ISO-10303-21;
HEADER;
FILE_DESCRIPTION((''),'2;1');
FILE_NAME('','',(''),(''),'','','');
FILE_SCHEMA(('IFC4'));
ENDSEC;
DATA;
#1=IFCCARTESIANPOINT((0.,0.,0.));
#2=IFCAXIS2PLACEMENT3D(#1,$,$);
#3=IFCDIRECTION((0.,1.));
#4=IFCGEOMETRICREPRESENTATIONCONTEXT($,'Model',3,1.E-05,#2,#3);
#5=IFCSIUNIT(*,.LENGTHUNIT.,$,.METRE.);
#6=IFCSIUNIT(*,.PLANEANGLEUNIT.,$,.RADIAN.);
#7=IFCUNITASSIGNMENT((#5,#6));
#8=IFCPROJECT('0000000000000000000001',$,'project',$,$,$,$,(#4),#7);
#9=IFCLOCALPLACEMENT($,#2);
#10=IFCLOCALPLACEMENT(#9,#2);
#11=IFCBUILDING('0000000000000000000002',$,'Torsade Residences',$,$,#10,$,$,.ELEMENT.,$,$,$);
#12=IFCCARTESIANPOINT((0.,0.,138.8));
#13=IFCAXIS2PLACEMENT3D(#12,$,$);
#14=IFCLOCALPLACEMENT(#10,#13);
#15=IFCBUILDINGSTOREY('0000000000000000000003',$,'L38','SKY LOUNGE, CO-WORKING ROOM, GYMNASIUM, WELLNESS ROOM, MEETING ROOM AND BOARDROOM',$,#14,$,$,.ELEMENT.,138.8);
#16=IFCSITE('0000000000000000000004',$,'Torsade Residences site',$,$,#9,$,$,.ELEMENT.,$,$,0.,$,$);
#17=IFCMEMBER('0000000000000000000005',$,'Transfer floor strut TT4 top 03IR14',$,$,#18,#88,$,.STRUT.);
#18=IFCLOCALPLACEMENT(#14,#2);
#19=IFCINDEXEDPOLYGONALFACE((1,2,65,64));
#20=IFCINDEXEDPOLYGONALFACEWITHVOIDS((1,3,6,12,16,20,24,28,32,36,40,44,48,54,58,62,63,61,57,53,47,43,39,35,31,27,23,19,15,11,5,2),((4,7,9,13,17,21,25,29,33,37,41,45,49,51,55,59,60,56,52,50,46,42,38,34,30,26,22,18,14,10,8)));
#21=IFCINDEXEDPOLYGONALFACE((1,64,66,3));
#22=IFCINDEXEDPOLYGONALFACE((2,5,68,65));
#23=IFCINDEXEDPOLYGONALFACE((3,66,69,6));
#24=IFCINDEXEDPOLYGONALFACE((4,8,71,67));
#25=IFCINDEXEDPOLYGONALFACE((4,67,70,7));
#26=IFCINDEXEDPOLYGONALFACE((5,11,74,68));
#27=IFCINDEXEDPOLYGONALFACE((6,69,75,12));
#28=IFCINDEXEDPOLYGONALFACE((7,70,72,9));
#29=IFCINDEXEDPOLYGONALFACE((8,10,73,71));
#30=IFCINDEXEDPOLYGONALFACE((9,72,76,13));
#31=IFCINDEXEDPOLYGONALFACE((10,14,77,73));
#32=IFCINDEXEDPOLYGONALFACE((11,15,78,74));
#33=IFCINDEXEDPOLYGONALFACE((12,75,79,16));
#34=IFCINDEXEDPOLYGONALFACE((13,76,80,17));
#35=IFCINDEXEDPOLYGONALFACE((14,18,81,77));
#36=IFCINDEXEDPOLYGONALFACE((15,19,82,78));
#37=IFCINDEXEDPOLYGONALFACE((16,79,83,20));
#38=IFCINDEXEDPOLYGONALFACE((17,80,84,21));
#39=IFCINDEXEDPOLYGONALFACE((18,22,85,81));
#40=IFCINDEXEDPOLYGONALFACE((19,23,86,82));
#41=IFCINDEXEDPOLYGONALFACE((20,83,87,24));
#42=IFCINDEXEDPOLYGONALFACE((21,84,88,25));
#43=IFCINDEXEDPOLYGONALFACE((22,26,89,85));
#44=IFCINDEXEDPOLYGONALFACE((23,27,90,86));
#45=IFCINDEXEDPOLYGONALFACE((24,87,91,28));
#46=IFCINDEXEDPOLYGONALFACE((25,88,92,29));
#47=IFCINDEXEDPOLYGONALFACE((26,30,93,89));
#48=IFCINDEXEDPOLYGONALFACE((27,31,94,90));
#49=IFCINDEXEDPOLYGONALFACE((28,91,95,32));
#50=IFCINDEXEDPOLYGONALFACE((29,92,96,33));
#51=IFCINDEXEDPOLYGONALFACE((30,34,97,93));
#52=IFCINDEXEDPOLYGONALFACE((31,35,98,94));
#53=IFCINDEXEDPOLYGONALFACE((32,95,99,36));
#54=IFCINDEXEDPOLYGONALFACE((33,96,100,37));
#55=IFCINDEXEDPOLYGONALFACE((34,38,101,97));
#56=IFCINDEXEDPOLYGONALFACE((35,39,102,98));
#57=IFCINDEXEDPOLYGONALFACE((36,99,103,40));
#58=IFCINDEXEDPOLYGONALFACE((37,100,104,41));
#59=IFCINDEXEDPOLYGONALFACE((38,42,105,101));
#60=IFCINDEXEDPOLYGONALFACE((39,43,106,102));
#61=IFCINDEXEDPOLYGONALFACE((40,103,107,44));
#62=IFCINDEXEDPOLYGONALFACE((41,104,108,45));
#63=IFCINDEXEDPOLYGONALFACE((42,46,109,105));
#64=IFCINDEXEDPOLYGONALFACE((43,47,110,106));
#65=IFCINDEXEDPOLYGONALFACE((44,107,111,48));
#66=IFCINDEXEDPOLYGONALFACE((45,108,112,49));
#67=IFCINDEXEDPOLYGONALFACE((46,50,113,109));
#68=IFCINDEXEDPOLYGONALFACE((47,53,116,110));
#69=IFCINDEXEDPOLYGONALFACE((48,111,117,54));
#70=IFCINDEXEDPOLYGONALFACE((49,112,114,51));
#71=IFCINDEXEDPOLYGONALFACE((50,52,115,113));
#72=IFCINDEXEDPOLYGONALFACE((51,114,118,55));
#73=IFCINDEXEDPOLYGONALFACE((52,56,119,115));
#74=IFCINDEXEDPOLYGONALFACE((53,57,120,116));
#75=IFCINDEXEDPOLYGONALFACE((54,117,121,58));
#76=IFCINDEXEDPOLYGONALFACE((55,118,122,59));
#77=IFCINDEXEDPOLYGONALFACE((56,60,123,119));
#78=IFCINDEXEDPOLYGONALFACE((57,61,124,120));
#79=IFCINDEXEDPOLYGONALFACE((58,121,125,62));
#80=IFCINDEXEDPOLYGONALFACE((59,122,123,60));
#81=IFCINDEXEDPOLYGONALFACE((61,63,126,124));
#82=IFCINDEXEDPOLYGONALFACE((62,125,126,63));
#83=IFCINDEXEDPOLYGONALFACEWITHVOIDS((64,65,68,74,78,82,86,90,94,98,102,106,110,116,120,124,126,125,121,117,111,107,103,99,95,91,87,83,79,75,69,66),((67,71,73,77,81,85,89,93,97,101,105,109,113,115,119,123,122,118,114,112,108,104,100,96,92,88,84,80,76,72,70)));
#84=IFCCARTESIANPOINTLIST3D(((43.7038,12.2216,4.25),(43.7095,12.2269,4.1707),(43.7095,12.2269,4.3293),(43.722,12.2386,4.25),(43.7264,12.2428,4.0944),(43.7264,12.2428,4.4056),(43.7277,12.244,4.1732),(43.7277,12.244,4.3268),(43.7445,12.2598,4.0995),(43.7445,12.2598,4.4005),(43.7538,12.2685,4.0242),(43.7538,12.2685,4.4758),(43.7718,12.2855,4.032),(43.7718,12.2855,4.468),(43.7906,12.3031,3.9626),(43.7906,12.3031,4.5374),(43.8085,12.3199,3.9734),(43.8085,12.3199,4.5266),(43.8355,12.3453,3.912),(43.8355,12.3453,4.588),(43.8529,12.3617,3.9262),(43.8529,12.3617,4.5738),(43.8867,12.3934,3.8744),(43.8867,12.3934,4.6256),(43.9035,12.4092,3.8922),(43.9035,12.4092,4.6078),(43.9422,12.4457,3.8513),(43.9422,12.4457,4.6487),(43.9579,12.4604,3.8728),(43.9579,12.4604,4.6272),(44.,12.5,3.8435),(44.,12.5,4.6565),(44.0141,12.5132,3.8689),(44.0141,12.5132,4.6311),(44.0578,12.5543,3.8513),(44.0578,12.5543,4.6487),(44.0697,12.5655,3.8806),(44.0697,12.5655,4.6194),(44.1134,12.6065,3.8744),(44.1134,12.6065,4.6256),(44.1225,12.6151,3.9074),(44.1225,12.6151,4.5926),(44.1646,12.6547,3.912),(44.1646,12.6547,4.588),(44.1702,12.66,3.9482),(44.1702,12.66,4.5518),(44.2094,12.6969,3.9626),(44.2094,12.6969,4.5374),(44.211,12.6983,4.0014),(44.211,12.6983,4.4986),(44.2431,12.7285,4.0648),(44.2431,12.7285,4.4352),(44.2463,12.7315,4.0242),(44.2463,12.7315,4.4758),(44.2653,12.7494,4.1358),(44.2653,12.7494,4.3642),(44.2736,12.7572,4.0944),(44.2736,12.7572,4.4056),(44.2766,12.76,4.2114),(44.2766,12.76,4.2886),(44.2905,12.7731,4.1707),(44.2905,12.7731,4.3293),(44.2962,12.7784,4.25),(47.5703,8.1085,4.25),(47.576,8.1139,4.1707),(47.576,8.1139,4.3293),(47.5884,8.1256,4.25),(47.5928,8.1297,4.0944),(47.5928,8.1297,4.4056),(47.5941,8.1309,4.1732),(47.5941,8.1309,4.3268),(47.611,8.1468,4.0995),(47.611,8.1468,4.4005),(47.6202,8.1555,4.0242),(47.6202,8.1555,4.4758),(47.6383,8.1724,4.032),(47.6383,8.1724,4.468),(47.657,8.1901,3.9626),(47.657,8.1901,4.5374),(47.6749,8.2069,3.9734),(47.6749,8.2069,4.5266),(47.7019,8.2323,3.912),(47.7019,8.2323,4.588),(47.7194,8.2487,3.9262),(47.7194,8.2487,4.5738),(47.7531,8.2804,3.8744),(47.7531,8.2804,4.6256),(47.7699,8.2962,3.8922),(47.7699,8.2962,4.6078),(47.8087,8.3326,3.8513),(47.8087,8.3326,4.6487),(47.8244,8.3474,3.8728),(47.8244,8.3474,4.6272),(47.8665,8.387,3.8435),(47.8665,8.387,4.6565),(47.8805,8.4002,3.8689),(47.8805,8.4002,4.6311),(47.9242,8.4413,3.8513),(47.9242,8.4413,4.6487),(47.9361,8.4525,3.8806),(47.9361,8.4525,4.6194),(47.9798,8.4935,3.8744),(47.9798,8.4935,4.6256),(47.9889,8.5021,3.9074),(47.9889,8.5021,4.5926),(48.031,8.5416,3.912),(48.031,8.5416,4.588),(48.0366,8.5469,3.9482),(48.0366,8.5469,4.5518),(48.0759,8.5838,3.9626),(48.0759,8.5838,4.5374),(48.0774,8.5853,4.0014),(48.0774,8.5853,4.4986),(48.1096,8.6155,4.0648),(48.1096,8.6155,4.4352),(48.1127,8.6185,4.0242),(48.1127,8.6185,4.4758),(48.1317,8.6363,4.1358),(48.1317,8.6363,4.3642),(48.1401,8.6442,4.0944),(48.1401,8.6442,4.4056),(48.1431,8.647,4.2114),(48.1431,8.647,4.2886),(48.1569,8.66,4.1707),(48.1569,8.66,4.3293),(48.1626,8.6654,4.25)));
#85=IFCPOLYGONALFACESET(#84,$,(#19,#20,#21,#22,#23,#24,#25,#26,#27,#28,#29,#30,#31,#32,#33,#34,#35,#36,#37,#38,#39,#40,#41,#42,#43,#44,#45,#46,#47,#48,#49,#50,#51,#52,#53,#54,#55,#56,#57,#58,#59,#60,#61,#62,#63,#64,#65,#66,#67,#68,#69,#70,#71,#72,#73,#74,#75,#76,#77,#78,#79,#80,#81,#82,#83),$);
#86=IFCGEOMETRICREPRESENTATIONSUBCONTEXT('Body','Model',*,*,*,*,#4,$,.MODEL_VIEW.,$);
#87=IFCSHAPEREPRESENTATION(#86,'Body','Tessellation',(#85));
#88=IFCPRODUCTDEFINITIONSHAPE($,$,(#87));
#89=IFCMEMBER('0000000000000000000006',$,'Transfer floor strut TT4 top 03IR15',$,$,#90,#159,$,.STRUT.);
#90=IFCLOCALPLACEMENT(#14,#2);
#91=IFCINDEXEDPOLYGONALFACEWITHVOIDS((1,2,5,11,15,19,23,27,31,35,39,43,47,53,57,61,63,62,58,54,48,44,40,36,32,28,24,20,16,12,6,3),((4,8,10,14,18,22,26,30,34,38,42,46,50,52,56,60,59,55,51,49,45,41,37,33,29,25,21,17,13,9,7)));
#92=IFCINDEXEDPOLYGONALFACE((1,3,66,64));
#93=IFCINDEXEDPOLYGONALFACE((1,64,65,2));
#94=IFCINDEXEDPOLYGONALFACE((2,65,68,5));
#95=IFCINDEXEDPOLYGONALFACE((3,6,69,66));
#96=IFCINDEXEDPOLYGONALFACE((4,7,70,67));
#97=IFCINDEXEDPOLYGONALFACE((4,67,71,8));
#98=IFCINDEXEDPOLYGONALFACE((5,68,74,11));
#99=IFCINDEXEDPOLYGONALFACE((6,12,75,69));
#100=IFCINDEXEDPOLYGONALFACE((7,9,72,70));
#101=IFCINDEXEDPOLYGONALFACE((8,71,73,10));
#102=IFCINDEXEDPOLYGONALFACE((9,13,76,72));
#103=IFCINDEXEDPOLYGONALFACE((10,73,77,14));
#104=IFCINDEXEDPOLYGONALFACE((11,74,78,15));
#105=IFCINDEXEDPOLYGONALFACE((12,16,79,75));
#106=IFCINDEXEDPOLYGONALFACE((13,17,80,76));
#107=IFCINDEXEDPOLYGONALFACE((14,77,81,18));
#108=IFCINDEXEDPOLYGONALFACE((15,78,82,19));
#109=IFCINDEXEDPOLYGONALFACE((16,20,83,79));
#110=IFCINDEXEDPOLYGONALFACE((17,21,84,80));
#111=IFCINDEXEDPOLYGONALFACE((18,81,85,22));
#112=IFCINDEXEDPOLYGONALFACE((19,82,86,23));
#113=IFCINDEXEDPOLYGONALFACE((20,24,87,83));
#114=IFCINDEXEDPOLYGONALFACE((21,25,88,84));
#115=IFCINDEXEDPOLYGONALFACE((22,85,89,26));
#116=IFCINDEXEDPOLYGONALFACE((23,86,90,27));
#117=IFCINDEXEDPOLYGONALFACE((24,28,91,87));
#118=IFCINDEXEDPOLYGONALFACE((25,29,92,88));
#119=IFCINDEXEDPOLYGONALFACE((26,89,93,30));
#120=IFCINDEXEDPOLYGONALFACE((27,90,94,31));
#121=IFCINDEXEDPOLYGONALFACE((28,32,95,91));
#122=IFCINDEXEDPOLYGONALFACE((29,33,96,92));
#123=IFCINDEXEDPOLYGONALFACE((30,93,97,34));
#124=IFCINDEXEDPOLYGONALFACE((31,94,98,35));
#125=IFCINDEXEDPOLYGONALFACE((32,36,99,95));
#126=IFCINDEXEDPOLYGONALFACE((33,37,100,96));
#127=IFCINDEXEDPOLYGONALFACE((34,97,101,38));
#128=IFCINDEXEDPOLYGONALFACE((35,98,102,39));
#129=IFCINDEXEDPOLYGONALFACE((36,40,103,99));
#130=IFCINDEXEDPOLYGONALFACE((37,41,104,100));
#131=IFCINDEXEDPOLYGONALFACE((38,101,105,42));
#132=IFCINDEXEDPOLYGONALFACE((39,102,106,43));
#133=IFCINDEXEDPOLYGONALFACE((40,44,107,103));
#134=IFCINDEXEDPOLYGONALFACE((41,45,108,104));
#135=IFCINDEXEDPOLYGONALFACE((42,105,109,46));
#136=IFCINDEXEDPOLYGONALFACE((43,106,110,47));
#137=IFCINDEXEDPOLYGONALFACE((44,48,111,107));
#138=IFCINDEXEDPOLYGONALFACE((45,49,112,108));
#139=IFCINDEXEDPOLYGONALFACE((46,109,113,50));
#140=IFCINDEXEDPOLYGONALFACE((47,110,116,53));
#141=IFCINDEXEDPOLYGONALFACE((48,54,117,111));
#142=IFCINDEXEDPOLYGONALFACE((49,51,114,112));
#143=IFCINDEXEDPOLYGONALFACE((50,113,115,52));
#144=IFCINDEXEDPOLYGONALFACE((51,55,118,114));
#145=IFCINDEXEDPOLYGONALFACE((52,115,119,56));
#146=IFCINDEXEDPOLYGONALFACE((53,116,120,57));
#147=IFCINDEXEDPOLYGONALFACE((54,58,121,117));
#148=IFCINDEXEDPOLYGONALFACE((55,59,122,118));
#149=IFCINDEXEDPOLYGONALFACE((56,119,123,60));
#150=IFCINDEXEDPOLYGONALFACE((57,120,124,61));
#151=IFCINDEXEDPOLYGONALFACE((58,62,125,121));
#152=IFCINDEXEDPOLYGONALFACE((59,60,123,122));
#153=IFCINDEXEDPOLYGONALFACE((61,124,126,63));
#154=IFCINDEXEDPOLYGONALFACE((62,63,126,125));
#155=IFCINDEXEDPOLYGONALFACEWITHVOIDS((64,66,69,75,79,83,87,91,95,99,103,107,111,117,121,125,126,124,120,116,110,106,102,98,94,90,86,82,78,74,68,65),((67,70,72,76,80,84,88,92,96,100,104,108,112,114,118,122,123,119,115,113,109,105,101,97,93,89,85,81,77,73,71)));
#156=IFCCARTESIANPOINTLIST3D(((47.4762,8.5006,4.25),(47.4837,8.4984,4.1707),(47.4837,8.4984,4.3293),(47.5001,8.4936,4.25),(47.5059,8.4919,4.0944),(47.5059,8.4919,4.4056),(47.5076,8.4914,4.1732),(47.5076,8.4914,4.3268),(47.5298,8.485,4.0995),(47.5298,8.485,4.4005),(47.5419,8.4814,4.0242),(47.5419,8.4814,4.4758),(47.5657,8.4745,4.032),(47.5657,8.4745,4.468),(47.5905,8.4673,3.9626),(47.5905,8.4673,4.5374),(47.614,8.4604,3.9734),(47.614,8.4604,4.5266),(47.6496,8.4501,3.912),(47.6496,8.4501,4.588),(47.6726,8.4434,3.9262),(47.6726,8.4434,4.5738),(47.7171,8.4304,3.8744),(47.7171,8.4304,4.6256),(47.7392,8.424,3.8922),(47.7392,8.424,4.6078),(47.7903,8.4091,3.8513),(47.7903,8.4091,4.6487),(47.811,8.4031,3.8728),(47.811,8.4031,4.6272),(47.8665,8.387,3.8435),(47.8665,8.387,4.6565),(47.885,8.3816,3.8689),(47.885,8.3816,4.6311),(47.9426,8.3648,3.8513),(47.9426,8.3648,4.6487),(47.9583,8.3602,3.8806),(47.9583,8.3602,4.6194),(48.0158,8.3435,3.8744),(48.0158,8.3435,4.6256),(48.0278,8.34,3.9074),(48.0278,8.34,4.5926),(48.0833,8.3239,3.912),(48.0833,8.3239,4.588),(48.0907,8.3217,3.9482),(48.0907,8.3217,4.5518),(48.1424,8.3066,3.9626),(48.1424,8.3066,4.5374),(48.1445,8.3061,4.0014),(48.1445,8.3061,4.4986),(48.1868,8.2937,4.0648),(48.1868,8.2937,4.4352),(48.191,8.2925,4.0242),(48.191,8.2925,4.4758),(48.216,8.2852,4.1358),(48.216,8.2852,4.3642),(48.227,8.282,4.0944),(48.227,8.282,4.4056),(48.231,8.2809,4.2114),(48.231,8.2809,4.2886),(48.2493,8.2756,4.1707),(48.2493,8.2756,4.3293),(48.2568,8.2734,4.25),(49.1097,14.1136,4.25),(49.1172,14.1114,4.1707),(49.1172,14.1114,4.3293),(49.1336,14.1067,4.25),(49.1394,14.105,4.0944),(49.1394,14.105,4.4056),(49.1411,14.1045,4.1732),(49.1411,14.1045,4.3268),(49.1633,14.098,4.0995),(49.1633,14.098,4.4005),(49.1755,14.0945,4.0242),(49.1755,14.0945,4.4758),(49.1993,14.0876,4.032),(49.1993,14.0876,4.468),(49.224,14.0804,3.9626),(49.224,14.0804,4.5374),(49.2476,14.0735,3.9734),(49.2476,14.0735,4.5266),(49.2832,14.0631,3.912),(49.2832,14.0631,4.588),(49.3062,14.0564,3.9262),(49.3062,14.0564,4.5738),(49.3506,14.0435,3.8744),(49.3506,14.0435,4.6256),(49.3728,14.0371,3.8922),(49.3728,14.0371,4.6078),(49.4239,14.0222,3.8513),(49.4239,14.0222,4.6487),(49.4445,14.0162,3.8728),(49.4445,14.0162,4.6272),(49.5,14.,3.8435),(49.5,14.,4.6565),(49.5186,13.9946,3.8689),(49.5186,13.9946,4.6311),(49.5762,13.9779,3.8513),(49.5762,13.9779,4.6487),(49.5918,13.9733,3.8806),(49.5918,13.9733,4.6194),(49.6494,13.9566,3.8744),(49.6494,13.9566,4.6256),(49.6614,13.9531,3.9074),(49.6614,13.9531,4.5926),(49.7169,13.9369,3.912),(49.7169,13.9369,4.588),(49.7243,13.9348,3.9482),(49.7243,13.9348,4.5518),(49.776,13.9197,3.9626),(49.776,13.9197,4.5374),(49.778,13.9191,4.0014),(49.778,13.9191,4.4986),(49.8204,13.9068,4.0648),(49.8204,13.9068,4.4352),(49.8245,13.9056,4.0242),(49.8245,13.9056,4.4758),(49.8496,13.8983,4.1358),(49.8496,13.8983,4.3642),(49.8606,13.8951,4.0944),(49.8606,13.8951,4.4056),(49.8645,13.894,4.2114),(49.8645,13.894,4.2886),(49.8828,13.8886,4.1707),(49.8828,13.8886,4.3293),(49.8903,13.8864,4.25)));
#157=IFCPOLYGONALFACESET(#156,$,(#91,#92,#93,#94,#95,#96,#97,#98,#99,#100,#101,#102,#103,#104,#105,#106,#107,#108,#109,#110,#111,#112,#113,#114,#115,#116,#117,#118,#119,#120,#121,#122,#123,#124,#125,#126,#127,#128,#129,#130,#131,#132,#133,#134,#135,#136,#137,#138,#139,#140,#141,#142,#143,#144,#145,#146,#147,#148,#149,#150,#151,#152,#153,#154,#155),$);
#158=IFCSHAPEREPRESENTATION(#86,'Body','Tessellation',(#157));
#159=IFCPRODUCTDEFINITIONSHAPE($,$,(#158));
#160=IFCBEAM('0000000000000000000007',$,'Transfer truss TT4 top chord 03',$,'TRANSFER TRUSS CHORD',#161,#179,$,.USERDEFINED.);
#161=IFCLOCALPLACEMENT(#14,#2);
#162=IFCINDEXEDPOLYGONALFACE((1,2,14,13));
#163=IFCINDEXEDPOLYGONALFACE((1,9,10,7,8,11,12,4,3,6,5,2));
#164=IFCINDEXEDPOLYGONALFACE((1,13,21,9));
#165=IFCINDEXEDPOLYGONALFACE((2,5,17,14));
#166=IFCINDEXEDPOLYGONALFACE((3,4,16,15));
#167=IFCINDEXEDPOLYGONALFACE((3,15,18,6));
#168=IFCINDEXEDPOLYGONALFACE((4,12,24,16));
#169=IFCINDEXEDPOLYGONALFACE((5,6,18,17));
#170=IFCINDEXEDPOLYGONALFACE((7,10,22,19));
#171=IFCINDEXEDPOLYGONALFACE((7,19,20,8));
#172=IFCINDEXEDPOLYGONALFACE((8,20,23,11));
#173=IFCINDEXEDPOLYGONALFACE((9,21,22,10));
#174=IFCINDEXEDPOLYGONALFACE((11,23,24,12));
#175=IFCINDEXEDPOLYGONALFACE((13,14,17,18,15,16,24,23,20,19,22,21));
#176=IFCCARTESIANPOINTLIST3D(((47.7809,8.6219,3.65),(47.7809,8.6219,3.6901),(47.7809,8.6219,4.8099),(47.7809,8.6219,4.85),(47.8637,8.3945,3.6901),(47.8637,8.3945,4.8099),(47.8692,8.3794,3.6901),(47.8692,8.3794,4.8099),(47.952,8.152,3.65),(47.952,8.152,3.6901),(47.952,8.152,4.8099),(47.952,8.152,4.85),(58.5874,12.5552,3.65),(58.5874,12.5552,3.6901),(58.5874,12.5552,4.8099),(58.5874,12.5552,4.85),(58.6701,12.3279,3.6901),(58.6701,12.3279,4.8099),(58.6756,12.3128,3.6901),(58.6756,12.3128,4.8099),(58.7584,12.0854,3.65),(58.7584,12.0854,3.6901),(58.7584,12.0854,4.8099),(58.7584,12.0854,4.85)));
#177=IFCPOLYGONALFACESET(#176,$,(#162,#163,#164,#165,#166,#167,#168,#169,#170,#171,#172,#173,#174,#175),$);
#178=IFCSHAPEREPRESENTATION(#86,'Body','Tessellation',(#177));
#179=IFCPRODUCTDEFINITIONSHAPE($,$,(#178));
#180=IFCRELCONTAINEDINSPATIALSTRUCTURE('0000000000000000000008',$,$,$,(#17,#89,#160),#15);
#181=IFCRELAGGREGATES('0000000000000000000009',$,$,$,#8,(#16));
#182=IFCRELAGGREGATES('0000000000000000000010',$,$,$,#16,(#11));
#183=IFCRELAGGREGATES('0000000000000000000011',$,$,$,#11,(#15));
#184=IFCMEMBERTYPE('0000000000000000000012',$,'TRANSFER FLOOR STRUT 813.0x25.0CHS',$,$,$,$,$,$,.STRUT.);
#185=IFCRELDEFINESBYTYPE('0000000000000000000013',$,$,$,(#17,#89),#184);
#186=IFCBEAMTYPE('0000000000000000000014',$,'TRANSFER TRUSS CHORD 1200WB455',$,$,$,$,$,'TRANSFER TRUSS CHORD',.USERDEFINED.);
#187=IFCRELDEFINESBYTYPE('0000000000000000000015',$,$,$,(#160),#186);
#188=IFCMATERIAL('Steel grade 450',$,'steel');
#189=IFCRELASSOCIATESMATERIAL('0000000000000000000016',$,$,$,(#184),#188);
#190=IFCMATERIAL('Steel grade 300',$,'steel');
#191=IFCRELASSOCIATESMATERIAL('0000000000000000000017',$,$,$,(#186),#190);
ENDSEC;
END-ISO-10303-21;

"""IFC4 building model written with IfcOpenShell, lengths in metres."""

from ifc_helpers import new_model, si_unit, direction, frame, origin, origin_2d, place, context, subcontext, project, spatial, hollow_circle, i_section, extrude, material, material_profile, profile_set, type_object, element, save


model = new_model("IFC4")

# Units and contexts
model_context = context("Model", 3, precision=1e-05, world=origin(), true_north=direction((0.0, 1.0)))
body_context = subcontext(model_context, "Body", "Model", "MODEL_VIEW")
ifc_project = project(units=[si_unit("LENGTHUNIT", "METRE"), si_unit("PLANEANGLEUNIT", "RADIAN")], contexts=[model_context])

# Site, building, storey
site_placement = place(None, origin())
site = spatial("IfcSite", under=ifc_project, at=site_placement, Name="Torsade Residences site", CompositionType="ELEMENT", RefElevation=0.0)
building_placement = place(site_placement, origin())
building = spatial("IfcBuilding", under=site, at=building_placement, Name="Torsade Residences", CompositionType="ELEMENT")
storey_placement = place(building_placement, frame((0.0, 0.0, 138.8)))
storey = spatial("IfcBuildingStorey", under=building, at=storey_placement, Name="L38", Description="SKY LOUNGE, CO-WORKING ROOM, GYMNASIUM, WELLNESS ROOM, MEETING ROOM AND BOARDROOM", CompositionType="ELEMENT", Elevation=138.8)

# Members
ifc_material_1 = material(Name="Steel grade 450", Category="steel")
ifc_material_profile_1 = material_profile(ifc_material_1, hollow_circle(Radius=0.4065, WallThickness=0.0249, at=origin_2d()), Name="813.0x25.0CHS")
ifc_profile_set_1 = profile_set([ifc_material_profile_1], Name="Steel grade 450")
member_type_1 = type_object("IfcMemberType", Name="TRANSFER FLOOR STRUT 813.0x25.0CHS", PredefinedType="STRUT", material=ifc_profile_set_1)
member_1_placement = place(storey_placement, frame((47.8665, 8.387, 4.25), z_axis=(-0.684929, 0.72861, 0.0), x_axis=(-0.72861, -0.684929, 0.0)))
element("IfcMember", 1, at=member_1_placement, inside=storey, type_object=member_type_1, Name="Transfer floor strut TT4 top 03IR14", PredefinedType="STRUT", context=body_context, shape_type="SweptSolid", body=[
    extrude(hollow_circle(Radius=0.4065, WallThickness=0.0249, at=origin_2d()), origin(), (0.0, 0.0, 1.0), 5.645),
])
member_2_placement = place(storey_placement, frame((47.8665, 8.387, 4.25), z_axis=(0.279434, 0.960165, 0.0), x_axis=(-0.960165, 0.279434, 0.0)))
element("IfcMember", 2, at=member_2_placement, inside=storey, type_object=member_type_1, Name="Transfer floor strut TT4 top 03IR15", PredefinedType="STRUT", context=body_context, shape_type="SweptSolid", body=[
    extrude(hollow_circle(Radius=0.4065, WallThickness=0.0249, at=origin_2d()), origin(), (0.0, 0.0, 1.0), 5.8459),
])

# Beam
ifc_material_2 = material(Name="Steel grade 300", Category="steel")
ifc_material_profile_2 = material_profile(ifc_material_2, i_section(OverallWidth=0.5, OverallDepth=1.2, WebThickness=0.0161, FlangeThickness=0.04, at=origin_2d()), Name="1200WB455")
ifc_profile_set_2 = profile_set([ifc_material_profile_2], Name="Steel grade 300")
beam_type_1 = type_object("IfcBeamType", Name="TRANSFER TRUSS CHORD 1200WB455", ElementType="TRANSFER TRUSS CHORD", PredefinedType="USERDEFINED", material=ifc_profile_set_2)
beam_1_placement = place(storey_placement, frame((47.8665, 8.387, 4.25), z_axis=(0.939689, 0.342031, 0.0), x_axis=(-0.342031, 0.939689, 0.0)))
element("IfcBeam", 3, at=beam_1_placement, inside=storey, type_object=beam_type_1, Name="Transfer truss TT4 top chord 03", ObjectType="TRANSFER TRUSS CHORD", PredefinedType="USERDEFINED", context=body_context, shape_type="SweptSolid", body=[
    extrude(i_section(OverallWidth=0.5, OverallDepth=1.2, WebThickness=0.0161, FlangeThickness=0.04, at=origin_2d()), origin(), (0.0, 0.0, 1.0), 11.5),
])

save(model, "model.ifc")
